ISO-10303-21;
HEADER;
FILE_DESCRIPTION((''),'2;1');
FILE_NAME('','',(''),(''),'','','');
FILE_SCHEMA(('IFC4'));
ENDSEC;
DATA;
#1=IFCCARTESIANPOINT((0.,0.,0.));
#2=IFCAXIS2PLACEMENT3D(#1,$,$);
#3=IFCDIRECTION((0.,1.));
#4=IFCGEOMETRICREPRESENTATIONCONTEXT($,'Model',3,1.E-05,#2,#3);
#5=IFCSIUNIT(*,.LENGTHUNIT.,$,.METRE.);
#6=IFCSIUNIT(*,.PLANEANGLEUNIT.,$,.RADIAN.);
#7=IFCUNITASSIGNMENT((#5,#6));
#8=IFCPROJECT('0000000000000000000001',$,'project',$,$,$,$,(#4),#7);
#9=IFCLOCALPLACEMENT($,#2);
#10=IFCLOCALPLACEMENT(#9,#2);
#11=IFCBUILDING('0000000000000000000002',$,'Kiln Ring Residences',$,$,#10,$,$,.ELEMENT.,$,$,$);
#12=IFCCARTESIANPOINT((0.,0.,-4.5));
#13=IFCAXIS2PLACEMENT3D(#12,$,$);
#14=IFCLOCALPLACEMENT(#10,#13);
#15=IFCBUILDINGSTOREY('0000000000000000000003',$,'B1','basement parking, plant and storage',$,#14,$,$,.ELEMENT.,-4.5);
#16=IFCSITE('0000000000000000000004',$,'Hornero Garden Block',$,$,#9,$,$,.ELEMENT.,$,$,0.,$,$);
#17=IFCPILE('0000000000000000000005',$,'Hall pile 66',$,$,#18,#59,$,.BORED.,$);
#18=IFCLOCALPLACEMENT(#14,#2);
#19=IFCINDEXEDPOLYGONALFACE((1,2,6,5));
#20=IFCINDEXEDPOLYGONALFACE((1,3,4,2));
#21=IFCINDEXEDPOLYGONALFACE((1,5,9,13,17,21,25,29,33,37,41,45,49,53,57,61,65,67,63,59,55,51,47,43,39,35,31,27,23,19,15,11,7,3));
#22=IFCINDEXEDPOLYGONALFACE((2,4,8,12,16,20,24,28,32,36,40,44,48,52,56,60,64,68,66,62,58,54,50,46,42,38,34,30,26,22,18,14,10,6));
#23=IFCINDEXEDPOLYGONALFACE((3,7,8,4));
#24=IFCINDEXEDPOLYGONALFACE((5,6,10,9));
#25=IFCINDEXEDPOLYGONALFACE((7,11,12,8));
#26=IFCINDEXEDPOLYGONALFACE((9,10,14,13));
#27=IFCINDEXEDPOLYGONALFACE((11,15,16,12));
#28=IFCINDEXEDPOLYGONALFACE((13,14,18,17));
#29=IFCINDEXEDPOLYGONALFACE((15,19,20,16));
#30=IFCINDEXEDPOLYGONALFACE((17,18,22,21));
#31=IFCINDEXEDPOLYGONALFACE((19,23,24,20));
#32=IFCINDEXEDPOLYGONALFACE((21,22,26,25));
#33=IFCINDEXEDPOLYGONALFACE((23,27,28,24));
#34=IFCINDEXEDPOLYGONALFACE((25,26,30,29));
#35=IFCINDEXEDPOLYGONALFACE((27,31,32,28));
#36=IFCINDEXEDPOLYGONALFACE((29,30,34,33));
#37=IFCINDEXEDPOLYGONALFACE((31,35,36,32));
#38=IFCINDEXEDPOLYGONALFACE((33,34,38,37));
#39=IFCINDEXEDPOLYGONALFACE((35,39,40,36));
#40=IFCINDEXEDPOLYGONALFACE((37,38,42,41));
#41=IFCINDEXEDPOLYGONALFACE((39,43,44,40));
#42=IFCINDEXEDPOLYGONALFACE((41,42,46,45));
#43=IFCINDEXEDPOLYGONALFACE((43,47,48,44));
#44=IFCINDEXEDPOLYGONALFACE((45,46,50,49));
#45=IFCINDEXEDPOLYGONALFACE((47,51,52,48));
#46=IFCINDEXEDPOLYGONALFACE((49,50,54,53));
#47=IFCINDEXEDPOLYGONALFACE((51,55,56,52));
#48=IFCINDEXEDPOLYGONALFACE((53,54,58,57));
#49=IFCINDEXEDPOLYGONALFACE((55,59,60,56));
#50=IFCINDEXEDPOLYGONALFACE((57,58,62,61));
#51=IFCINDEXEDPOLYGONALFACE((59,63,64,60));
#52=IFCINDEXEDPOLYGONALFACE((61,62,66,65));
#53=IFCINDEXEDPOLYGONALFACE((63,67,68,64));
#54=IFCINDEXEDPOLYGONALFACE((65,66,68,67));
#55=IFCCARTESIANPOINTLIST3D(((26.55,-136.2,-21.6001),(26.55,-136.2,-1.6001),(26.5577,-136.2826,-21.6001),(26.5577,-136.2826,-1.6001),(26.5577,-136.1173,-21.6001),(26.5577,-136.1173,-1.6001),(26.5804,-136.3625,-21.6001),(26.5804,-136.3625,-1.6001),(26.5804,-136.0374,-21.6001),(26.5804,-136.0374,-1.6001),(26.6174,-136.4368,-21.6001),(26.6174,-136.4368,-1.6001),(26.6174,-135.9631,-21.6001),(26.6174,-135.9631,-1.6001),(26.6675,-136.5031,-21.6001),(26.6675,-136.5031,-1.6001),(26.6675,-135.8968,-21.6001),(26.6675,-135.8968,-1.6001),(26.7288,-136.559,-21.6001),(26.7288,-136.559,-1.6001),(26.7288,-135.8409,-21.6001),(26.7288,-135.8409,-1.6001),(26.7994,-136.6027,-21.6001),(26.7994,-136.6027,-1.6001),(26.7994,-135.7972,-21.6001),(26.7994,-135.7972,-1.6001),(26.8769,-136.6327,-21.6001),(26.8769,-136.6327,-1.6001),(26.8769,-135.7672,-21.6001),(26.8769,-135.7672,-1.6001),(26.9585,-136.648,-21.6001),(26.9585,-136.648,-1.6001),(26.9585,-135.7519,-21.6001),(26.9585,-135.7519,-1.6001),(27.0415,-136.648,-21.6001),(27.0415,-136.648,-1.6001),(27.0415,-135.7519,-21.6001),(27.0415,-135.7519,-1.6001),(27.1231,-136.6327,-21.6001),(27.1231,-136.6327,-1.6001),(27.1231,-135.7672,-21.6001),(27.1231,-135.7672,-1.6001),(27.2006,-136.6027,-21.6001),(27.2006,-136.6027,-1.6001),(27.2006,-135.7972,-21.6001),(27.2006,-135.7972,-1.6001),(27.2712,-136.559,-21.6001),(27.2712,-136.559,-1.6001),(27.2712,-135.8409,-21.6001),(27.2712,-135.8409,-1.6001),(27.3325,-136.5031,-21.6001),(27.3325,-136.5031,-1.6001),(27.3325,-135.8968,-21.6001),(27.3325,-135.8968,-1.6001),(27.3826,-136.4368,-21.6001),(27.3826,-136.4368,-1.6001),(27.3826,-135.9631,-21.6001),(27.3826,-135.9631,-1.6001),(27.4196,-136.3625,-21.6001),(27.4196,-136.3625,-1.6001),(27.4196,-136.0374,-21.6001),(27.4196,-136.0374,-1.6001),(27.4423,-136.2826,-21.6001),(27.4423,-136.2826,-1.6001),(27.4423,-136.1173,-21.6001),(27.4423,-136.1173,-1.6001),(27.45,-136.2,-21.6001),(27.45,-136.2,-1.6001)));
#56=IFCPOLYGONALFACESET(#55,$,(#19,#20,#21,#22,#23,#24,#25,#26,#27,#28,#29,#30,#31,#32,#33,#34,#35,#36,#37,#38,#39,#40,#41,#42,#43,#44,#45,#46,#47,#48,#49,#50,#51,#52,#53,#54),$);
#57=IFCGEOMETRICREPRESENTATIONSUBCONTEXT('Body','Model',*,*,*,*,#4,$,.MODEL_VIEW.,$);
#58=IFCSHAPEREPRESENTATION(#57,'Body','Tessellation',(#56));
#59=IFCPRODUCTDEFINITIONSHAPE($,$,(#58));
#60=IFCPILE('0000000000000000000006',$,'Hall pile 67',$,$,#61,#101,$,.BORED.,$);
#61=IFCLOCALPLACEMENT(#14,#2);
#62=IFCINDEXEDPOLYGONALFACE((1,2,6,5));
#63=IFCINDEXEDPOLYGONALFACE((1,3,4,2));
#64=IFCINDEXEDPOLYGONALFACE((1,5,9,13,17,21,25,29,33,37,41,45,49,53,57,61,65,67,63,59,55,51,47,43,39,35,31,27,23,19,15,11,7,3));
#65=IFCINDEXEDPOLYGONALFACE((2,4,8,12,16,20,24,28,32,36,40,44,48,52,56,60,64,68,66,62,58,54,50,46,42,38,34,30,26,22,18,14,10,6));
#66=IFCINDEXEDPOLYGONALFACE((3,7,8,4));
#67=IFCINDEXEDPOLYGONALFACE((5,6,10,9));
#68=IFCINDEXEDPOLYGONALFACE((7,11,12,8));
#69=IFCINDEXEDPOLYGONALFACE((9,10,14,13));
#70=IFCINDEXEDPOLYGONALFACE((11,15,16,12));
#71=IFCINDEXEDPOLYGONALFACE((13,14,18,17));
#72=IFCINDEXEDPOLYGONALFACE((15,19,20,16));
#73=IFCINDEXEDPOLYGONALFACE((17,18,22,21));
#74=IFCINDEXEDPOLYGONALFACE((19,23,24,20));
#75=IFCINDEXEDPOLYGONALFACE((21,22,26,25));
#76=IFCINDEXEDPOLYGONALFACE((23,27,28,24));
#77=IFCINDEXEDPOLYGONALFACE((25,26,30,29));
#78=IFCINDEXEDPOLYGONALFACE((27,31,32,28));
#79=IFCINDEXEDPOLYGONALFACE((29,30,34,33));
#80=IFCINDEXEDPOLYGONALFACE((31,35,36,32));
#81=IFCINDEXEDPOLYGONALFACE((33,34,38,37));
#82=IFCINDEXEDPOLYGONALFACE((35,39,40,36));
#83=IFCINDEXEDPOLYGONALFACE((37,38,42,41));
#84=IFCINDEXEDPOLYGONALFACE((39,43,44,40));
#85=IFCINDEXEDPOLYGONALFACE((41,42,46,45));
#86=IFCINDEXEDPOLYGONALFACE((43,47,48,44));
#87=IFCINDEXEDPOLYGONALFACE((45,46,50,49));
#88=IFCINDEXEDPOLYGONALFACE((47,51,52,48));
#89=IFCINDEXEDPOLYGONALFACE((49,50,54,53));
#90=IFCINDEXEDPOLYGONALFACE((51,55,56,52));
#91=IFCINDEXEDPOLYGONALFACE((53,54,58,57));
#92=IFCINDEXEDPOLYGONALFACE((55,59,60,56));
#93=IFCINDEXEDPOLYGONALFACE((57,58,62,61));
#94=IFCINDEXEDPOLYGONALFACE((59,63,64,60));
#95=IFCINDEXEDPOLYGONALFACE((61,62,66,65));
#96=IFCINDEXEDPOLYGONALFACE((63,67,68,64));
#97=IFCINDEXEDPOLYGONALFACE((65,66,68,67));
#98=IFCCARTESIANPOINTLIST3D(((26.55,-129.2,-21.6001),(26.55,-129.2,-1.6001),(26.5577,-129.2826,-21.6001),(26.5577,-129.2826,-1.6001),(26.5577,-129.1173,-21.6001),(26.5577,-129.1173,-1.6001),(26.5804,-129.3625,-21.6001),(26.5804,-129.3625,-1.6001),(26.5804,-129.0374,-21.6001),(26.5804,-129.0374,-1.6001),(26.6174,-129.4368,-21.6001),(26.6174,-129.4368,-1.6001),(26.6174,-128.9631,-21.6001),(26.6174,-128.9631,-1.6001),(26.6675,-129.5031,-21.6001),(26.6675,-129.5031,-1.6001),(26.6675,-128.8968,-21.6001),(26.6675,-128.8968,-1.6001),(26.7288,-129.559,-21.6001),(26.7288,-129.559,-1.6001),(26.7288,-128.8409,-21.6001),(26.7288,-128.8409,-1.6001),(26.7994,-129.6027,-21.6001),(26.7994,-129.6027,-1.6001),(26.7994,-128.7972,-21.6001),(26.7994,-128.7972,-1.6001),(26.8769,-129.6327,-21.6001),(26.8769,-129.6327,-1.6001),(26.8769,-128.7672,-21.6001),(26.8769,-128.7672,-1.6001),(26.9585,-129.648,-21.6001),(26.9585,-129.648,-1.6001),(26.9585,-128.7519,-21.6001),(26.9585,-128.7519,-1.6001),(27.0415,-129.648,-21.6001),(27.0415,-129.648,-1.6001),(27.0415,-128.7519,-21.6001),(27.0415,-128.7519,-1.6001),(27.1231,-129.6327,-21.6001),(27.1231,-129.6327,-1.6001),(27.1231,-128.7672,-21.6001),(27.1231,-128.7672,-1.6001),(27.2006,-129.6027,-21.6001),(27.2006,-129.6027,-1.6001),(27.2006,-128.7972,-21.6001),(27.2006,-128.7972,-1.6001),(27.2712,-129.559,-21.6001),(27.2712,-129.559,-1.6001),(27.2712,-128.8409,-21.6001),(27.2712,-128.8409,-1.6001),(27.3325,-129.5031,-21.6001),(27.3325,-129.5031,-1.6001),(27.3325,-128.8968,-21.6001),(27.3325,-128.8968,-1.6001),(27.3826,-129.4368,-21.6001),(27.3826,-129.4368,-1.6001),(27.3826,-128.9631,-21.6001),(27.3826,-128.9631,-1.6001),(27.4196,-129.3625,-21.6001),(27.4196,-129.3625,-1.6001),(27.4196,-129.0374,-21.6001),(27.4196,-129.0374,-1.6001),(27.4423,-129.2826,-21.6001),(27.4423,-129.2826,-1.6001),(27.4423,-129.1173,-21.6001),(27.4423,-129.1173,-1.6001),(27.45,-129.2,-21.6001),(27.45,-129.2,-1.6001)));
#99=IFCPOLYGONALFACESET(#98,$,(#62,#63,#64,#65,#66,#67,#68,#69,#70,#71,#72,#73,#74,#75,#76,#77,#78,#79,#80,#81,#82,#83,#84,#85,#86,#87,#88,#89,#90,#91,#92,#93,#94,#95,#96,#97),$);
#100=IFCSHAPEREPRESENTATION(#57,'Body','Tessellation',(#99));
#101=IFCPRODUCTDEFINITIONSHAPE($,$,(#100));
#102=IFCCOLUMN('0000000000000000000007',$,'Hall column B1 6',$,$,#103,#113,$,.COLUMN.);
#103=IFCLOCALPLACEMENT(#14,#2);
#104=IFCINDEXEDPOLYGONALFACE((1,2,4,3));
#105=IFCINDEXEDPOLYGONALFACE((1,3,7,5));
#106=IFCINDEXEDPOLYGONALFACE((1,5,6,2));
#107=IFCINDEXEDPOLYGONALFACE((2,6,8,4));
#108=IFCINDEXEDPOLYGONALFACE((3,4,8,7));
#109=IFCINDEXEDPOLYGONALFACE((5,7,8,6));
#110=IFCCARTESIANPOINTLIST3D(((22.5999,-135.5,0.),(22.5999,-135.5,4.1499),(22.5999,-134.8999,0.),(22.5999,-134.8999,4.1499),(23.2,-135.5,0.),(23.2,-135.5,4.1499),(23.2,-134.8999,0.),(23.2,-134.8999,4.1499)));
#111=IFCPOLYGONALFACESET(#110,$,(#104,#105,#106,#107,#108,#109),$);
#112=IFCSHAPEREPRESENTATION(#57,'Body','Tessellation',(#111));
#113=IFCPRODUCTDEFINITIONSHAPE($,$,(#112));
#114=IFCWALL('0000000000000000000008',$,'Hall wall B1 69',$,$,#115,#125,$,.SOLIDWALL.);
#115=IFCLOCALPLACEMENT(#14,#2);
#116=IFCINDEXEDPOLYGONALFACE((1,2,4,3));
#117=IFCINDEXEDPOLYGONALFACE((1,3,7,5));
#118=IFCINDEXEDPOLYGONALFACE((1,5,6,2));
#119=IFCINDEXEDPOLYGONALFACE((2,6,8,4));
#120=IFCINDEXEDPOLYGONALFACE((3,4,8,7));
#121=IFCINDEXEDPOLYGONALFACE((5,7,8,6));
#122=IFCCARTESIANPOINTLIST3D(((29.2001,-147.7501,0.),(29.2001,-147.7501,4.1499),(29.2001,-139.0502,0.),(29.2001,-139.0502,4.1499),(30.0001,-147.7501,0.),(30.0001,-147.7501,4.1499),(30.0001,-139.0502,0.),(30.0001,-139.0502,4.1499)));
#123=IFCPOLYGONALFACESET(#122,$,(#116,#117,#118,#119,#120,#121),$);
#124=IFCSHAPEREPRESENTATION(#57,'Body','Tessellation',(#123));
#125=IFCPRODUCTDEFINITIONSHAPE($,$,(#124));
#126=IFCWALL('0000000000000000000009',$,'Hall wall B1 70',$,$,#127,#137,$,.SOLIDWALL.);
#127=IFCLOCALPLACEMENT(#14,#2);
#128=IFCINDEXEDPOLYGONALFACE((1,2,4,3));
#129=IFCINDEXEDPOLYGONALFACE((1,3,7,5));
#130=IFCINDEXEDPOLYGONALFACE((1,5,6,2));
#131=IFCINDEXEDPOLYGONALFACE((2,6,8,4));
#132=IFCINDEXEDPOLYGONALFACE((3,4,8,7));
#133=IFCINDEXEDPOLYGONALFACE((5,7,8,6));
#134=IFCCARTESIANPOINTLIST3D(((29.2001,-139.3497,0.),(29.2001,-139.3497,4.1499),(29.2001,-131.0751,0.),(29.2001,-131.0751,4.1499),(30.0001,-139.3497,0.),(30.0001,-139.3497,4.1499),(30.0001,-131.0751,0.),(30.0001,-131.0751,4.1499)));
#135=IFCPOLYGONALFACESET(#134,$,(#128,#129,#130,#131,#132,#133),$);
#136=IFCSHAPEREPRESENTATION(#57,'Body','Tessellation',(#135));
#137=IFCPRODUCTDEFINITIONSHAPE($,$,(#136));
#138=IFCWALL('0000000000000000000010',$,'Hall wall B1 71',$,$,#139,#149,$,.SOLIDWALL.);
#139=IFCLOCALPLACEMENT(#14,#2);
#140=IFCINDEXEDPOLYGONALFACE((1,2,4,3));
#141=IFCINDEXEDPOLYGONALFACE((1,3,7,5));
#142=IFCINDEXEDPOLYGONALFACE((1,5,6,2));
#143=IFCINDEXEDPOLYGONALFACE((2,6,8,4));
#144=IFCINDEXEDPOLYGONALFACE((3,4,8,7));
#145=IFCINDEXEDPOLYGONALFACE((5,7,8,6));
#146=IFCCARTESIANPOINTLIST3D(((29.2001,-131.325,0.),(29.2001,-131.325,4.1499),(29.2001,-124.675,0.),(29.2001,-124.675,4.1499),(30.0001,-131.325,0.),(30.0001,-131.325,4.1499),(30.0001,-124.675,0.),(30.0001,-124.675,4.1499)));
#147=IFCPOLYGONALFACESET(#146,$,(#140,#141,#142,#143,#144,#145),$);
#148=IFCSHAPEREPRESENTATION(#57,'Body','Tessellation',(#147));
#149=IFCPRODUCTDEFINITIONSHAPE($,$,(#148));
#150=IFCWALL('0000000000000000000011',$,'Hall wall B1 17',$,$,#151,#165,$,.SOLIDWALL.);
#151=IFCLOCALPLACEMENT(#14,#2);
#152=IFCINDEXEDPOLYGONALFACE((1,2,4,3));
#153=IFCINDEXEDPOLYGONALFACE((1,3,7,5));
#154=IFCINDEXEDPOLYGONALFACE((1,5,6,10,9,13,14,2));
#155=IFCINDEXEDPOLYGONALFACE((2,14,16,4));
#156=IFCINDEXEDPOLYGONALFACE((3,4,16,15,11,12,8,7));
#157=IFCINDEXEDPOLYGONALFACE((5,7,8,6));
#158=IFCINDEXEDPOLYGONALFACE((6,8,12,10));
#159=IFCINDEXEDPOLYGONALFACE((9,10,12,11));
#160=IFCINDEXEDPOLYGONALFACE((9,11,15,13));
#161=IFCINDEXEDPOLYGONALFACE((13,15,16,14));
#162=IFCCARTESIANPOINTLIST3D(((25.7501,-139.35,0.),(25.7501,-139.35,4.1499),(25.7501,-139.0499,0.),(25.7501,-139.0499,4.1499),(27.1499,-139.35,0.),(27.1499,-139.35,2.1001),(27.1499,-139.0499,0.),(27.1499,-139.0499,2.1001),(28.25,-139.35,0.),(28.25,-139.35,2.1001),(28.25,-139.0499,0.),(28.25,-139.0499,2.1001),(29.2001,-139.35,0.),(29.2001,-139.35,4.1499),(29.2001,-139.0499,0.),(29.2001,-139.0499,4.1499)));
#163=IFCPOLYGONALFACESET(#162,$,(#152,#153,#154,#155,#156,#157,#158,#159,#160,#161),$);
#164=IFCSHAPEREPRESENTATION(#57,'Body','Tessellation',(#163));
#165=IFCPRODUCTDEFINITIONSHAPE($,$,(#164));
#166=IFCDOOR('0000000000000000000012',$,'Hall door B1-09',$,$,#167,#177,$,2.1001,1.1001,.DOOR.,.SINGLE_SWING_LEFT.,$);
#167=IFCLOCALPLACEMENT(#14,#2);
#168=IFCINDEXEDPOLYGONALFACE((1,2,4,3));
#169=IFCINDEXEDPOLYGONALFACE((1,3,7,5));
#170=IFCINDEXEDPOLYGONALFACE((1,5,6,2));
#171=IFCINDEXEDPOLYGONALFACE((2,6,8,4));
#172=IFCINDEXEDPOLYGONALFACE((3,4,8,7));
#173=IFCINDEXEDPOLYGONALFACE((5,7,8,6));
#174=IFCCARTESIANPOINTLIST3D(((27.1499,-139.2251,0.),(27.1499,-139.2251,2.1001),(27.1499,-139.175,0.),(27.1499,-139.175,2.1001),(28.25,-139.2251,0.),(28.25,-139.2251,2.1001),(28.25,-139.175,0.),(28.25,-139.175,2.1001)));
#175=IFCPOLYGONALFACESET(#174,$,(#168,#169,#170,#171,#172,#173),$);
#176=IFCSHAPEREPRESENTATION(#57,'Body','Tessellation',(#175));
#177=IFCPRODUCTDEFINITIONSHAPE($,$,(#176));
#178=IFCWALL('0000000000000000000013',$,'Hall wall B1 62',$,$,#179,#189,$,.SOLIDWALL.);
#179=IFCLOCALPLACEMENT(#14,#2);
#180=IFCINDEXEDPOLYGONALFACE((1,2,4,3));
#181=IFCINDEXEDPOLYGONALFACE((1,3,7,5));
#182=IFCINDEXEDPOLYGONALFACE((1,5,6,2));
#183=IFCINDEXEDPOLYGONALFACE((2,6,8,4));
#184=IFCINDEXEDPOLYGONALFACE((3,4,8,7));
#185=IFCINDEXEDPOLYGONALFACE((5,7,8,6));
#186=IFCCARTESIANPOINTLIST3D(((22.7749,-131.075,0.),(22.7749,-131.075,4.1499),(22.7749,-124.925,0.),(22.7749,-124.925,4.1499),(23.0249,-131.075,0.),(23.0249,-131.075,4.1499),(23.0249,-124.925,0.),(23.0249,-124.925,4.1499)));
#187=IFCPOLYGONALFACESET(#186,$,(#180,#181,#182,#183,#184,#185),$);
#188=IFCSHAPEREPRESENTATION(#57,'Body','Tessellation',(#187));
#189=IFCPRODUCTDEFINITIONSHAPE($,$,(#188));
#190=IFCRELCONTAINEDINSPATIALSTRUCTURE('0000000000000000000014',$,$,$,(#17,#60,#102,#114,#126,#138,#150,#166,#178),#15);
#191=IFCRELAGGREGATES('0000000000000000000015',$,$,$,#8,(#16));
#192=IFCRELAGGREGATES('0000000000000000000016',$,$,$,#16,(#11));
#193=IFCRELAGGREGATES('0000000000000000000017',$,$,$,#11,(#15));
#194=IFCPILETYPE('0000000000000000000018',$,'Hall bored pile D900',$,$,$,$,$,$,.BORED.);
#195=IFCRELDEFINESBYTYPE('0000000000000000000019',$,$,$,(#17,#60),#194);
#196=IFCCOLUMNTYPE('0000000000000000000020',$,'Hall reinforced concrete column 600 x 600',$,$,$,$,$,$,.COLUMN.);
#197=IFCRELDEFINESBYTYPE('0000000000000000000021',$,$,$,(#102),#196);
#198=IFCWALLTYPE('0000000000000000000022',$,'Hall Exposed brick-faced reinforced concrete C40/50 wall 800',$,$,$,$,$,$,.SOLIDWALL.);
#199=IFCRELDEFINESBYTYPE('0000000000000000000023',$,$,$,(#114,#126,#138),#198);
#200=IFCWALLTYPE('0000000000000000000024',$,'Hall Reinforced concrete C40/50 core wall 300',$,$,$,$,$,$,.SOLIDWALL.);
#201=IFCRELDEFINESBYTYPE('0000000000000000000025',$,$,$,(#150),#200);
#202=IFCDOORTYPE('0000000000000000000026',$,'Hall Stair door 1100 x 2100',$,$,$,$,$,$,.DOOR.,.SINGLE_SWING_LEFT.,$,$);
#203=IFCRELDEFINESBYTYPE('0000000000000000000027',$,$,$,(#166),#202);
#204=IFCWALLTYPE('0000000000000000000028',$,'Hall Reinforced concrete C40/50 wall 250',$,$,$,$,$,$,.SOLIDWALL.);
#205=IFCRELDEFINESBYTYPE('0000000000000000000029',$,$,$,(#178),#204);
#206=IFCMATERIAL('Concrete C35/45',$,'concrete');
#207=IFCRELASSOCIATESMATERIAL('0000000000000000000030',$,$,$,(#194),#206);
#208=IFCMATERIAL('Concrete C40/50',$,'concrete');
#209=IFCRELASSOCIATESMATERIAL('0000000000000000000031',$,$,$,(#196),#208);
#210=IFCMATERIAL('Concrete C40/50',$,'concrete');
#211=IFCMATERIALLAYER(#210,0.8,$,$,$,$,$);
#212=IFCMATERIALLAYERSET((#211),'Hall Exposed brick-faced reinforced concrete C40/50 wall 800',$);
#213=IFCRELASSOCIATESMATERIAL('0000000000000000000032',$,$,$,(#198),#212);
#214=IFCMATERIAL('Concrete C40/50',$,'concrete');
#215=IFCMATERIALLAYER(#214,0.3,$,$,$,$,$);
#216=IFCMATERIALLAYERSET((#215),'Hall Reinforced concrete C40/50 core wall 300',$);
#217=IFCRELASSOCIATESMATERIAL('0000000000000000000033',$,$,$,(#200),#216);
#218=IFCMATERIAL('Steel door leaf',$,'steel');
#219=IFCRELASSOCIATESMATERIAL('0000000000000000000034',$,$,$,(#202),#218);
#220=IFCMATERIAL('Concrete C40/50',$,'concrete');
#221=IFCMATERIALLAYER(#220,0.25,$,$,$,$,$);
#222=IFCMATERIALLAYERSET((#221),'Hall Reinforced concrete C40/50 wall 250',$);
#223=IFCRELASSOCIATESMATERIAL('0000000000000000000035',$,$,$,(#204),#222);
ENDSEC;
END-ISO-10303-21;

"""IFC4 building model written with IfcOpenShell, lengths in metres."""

from ifc_helpers import new_model, si_unit, direction, frame, frame_2d, origin, origin_2d, place, context, subcontext, project, spatial, rectangle, circle, extrude, material, layer, layer_set, material_profile, profile_set, type_object, element, fill, save


model = new_model("IFC4")

# Units and contexts
model_context = context("Model", 3, precision=1e-05, world=origin(), true_north=direction((0.0, 1.0)))
body_context = subcontext(model_context, "Body", "Model", "MODEL_VIEW")
ifc_project = project(units=[si_unit("LENGTHUNIT", "METRE"), si_unit("PLANEANGLEUNIT", "RADIAN")], contexts=[model_context])

# Site, building, storey
site_placement = place(None, origin())
site = spatial("IfcSite", under=ifc_project, at=site_placement, Name="Hornero Garden Block", CompositionType="ELEMENT", RefElevation=0.0)
building_placement = place(site_placement, origin())
building = spatial("IfcBuilding", under=site, at=building_placement, Name="Kiln Ring Residences", CompositionType="ELEMENT")
storey_placement = place(building_placement, frame((0.0, 0.0, -4.5)))
storey = spatial("IfcBuildingStorey", under=building, at=storey_placement, Name="B1", Description="basement parking, plant and storage", CompositionType="ELEMENT", Elevation=-4.5)

# Piles
ifc_material_1 = material(Name="Concrete C35/45", Category="concrete")
ifc_material_profile_1 = material_profile(ifc_material_1, circle(Radius=0.45, at=origin_2d()), Name="Hall bored pile D900")
ifc_profile_set_1 = profile_set([ifc_material_profile_1], Name="Concrete C35/45")
pile_type = type_object("IfcPileType", Name="Hall bored pile D900", PredefinedType="BORED", material=ifc_profile_set_1)
for number, where, z_axis, x_axis, name in (
    (1, (27.0, -136.2, -1.6001), (0.0, 0.0, -1.0), (1.0, 0.0, 0.0), "Hall pile 66"),
    (2, (27.0, -129.2, -1.6001), (0.0, 0.0, -1.0), (1.0, 0.0, 0.0), "Hall pile 67"),
):
    element("IfcPile", number, at=place(storey_placement, frame(where, z_axis=z_axis, x_axis=x_axis)), inside=storey, type_object=pile_type, Name=name, PredefinedType="BORED", context=body_context, shape_type="SweptSolid", body=[
        extrude(circle(Radius=0.45, at=origin_2d()), origin(), (0.0, 0.0, 1.0), 20.0),
    ])

# Column
ifc_material_2 = material(Name="Concrete C40/50", Category="concrete")
ifc_material_profile_2 = material_profile(ifc_material_2, rectangle(XDim=0.6001, YDim=0.6001, at=origin_2d()), Name="Hall reinforced concrete column 600 x 600")
ifc_profile_set_2 = profile_set([ifc_material_profile_2], Name="Concrete C40/50")
column_type = type_object("IfcColumnType", Name="Hall reinforced concrete column 600 x 600", PredefinedType="COLUMN", material=ifc_profile_set_2)
column_placement = place(storey_placement, frame((22.8999, -135.2, 0.0), z_axis=(0.0, 0.0, 1.0), x_axis=(1.0, 0.0, 0.0)))
element("IfcColumn", 3, at=column_placement, inside=storey, type_object=column_type, Name="Hall column B1 6", PredefinedType="COLUMN", context=body_context, shape_type="SweptSolid", body=[
    extrude(rectangle(XDim=0.6001, YDim=0.6001, at=origin_2d()), origin(), (0.0, 0.0, 1.0), 4.1499),
])

# Walls
ifc_material_3 = material(Name="Concrete C40/50", Category="concrete")
ifc_layer_1 = layer(ifc_material_3, 0.8)
ifc_layer_set_1 = layer_set([ifc_layer_1], Name="Hall Exposed brick-faced reinforced concrete C40/50 wall 800")
wall_type_1 = type_object("IfcWallType", Name="Hall Exposed brick-faced reinforced concrete C40/50 wall 800", PredefinedType="SOLIDWALL", material=ifc_layer_set_1)
wall_1_placement = place(storey_placement, frame((29.6001, -139.05, 0.0), z_axis=(0.0, 0.0, 1.0), x_axis=(0.0, -1.0, 0.0)))
element("IfcWall", 4, at=wall_1_placement, inside=storey, type_object=wall_type_1, Name="Hall wall B1 69", PredefinedType="SOLIDWALL", context=body_context, shape_type="SweptSolid", body=[
    extrude(rectangle(XDim=8.7, YDim=0.8, at=frame_2d((4.3501, 0.0))), origin(), (0.0, 0.0, 1.0), 4.1499),
])
wall_2_placement = place(storey_placement, frame((29.6001, -131.0752, 0.0), z_axis=(0.0, 0.0, 1.0), x_axis=(0.0, -1.0, 0.0)))
element("IfcWall", 5, at=wall_2_placement, inside=storey, type_object=wall_type_1, Name="Hall wall B1 70", PredefinedType="SOLIDWALL", context=body_context, shape_type="SweptSolid", body=[
    extrude(rectangle(XDim=8.2747, YDim=0.8, at=frame_2d((4.1372, 0.0))), origin(), (0.0, 0.0, 1.0), 4.1499),
])
wall_3_placement = place(storey_placement, frame((29.6001, -124.675, 0.0), z_axis=(0.0, 0.0, 1.0), x_axis=(0.0, -1.0, 0.0)))
element("IfcWall", 6, at=wall_3_placement, inside=storey, type_object=wall_type_1, Name="Hall wall B1 71", PredefinedType="SOLIDWALL", context=body_context, shape_type="SweptSolid", body=[
    extrude(rectangle(XDim=6.6499, YDim=0.8, at=frame_2d((3.325, 0.0))), origin(), (0.0, 0.0, 1.0), 4.1499),
])

# Wall, opening, door
ifc_material_4 = material(Name="Concrete C40/50", Category="concrete")
ifc_layer_2 = layer(ifc_material_4, 0.3)
ifc_layer_set_2 = layer_set([ifc_layer_2], Name="Hall Reinforced concrete C40/50 core wall 300")
wall_type_2 = type_object("IfcWallType", Name="Hall Reinforced concrete C40/50 core wall 300", PredefinedType="SOLIDWALL", material=ifc_layer_set_2)
wall_4_placement = place(storey_placement, frame((25.75, -139.2, 0.0), z_axis=(0.0, 0.0, 1.0), x_axis=(1.0, 0.0, 0.0)))
wall_4 = element("IfcWall", 7, at=wall_4_placement, inside=storey, type_object=wall_type_2, Name="Hall wall B1 17", PredefinedType="SOLIDWALL", context=body_context, shape_type="SweptSolid", body=[
    extrude(rectangle(XDim=3.45, YDim=0.3, at=frame_2d((1.7251, 0.0))), origin(), (0.0, 0.0, 1.0), 4.1499),
])
opening_placement = place(wall_4_placement, frame((1.3999, 0.0, 0.0)))
opening = element("IfcOpeningElement", 8, at=opening_placement, cuts=wall_4, PredefinedType="OPENING", context=body_context, shape_type="SweptSolid", body=[
    extrude(rectangle(XDim=1.1001, YDim=2.1001, at=frame_2d((0.55, 1.05))), frame((0.0, 0.1599, 0.0), z_axis=(0.0, -1.0, 0.0), x_axis=(1.0, 0.0, 0.0)), (0.0, 0.0, 1.0), 0.3201),
])
ifc_material_5 = material(Name="Steel door leaf", Category="steel")
door_type = type_object("IfcDoorType", Name="Hall Stair door 1100 x 2100", OperationType="SINGLE_SWING_LEFT", PredefinedType="DOOR", material=ifc_material_5)
door_placement = place(opening_placement, origin())
door = element("IfcDoor", 9, at=door_placement, inside=storey, type_object=door_type, Name="Hall door B1-09", OperationType="SINGLE_SWING_LEFT", OverallHeight=2.1001, OverallWidth=1.1001, PredefinedType="DOOR", context=body_context, shape_type="SweptSolid", body=[
    extrude(rectangle(XDim=1.1001, YDim=2.1001, at=frame_2d((0.55, 1.05))), frame((0.0, 0.0249, 0.0), z_axis=(0.0, -1.0, 0.0), x_axis=(1.0, 0.0, 0.0)), (0.0, 0.0, 1.0), 0.05),
])
fill(opening, door)

# Wall
ifc_material_6 = material(Name="Concrete C40/50", Category="concrete")
ifc_layer_3 = layer(ifc_material_6, 0.25)
ifc_layer_set_3 = layer_set([ifc_layer_3], Name="Hall Reinforced concrete C40/50 wall 250")
wall_type_3 = type_object("IfcWallType", Name="Hall Reinforced concrete C40/50 wall 250", PredefinedType="SOLIDWALL", material=ifc_layer_set_3)
wall_5_placement = place(storey_placement, frame((22.8999, -131.075, 0.0), z_axis=(0.0, 0.0, 1.0), x_axis=(0.0, 1.0, 0.0)))
element("IfcWall", 10, at=wall_5_placement, inside=storey, type_object=wall_type_3, Name="Hall wall B1 62", PredefinedType="SOLIDWALL", context=body_context, shape_type="SweptSolid", body=[
    extrude(rectangle(XDim=6.1499, YDim=0.25, at=frame_2d((3.075, 0.0))), origin(), (0.0, 0.0, 1.0), 4.1499),
])

save(model, "model.ifc")
